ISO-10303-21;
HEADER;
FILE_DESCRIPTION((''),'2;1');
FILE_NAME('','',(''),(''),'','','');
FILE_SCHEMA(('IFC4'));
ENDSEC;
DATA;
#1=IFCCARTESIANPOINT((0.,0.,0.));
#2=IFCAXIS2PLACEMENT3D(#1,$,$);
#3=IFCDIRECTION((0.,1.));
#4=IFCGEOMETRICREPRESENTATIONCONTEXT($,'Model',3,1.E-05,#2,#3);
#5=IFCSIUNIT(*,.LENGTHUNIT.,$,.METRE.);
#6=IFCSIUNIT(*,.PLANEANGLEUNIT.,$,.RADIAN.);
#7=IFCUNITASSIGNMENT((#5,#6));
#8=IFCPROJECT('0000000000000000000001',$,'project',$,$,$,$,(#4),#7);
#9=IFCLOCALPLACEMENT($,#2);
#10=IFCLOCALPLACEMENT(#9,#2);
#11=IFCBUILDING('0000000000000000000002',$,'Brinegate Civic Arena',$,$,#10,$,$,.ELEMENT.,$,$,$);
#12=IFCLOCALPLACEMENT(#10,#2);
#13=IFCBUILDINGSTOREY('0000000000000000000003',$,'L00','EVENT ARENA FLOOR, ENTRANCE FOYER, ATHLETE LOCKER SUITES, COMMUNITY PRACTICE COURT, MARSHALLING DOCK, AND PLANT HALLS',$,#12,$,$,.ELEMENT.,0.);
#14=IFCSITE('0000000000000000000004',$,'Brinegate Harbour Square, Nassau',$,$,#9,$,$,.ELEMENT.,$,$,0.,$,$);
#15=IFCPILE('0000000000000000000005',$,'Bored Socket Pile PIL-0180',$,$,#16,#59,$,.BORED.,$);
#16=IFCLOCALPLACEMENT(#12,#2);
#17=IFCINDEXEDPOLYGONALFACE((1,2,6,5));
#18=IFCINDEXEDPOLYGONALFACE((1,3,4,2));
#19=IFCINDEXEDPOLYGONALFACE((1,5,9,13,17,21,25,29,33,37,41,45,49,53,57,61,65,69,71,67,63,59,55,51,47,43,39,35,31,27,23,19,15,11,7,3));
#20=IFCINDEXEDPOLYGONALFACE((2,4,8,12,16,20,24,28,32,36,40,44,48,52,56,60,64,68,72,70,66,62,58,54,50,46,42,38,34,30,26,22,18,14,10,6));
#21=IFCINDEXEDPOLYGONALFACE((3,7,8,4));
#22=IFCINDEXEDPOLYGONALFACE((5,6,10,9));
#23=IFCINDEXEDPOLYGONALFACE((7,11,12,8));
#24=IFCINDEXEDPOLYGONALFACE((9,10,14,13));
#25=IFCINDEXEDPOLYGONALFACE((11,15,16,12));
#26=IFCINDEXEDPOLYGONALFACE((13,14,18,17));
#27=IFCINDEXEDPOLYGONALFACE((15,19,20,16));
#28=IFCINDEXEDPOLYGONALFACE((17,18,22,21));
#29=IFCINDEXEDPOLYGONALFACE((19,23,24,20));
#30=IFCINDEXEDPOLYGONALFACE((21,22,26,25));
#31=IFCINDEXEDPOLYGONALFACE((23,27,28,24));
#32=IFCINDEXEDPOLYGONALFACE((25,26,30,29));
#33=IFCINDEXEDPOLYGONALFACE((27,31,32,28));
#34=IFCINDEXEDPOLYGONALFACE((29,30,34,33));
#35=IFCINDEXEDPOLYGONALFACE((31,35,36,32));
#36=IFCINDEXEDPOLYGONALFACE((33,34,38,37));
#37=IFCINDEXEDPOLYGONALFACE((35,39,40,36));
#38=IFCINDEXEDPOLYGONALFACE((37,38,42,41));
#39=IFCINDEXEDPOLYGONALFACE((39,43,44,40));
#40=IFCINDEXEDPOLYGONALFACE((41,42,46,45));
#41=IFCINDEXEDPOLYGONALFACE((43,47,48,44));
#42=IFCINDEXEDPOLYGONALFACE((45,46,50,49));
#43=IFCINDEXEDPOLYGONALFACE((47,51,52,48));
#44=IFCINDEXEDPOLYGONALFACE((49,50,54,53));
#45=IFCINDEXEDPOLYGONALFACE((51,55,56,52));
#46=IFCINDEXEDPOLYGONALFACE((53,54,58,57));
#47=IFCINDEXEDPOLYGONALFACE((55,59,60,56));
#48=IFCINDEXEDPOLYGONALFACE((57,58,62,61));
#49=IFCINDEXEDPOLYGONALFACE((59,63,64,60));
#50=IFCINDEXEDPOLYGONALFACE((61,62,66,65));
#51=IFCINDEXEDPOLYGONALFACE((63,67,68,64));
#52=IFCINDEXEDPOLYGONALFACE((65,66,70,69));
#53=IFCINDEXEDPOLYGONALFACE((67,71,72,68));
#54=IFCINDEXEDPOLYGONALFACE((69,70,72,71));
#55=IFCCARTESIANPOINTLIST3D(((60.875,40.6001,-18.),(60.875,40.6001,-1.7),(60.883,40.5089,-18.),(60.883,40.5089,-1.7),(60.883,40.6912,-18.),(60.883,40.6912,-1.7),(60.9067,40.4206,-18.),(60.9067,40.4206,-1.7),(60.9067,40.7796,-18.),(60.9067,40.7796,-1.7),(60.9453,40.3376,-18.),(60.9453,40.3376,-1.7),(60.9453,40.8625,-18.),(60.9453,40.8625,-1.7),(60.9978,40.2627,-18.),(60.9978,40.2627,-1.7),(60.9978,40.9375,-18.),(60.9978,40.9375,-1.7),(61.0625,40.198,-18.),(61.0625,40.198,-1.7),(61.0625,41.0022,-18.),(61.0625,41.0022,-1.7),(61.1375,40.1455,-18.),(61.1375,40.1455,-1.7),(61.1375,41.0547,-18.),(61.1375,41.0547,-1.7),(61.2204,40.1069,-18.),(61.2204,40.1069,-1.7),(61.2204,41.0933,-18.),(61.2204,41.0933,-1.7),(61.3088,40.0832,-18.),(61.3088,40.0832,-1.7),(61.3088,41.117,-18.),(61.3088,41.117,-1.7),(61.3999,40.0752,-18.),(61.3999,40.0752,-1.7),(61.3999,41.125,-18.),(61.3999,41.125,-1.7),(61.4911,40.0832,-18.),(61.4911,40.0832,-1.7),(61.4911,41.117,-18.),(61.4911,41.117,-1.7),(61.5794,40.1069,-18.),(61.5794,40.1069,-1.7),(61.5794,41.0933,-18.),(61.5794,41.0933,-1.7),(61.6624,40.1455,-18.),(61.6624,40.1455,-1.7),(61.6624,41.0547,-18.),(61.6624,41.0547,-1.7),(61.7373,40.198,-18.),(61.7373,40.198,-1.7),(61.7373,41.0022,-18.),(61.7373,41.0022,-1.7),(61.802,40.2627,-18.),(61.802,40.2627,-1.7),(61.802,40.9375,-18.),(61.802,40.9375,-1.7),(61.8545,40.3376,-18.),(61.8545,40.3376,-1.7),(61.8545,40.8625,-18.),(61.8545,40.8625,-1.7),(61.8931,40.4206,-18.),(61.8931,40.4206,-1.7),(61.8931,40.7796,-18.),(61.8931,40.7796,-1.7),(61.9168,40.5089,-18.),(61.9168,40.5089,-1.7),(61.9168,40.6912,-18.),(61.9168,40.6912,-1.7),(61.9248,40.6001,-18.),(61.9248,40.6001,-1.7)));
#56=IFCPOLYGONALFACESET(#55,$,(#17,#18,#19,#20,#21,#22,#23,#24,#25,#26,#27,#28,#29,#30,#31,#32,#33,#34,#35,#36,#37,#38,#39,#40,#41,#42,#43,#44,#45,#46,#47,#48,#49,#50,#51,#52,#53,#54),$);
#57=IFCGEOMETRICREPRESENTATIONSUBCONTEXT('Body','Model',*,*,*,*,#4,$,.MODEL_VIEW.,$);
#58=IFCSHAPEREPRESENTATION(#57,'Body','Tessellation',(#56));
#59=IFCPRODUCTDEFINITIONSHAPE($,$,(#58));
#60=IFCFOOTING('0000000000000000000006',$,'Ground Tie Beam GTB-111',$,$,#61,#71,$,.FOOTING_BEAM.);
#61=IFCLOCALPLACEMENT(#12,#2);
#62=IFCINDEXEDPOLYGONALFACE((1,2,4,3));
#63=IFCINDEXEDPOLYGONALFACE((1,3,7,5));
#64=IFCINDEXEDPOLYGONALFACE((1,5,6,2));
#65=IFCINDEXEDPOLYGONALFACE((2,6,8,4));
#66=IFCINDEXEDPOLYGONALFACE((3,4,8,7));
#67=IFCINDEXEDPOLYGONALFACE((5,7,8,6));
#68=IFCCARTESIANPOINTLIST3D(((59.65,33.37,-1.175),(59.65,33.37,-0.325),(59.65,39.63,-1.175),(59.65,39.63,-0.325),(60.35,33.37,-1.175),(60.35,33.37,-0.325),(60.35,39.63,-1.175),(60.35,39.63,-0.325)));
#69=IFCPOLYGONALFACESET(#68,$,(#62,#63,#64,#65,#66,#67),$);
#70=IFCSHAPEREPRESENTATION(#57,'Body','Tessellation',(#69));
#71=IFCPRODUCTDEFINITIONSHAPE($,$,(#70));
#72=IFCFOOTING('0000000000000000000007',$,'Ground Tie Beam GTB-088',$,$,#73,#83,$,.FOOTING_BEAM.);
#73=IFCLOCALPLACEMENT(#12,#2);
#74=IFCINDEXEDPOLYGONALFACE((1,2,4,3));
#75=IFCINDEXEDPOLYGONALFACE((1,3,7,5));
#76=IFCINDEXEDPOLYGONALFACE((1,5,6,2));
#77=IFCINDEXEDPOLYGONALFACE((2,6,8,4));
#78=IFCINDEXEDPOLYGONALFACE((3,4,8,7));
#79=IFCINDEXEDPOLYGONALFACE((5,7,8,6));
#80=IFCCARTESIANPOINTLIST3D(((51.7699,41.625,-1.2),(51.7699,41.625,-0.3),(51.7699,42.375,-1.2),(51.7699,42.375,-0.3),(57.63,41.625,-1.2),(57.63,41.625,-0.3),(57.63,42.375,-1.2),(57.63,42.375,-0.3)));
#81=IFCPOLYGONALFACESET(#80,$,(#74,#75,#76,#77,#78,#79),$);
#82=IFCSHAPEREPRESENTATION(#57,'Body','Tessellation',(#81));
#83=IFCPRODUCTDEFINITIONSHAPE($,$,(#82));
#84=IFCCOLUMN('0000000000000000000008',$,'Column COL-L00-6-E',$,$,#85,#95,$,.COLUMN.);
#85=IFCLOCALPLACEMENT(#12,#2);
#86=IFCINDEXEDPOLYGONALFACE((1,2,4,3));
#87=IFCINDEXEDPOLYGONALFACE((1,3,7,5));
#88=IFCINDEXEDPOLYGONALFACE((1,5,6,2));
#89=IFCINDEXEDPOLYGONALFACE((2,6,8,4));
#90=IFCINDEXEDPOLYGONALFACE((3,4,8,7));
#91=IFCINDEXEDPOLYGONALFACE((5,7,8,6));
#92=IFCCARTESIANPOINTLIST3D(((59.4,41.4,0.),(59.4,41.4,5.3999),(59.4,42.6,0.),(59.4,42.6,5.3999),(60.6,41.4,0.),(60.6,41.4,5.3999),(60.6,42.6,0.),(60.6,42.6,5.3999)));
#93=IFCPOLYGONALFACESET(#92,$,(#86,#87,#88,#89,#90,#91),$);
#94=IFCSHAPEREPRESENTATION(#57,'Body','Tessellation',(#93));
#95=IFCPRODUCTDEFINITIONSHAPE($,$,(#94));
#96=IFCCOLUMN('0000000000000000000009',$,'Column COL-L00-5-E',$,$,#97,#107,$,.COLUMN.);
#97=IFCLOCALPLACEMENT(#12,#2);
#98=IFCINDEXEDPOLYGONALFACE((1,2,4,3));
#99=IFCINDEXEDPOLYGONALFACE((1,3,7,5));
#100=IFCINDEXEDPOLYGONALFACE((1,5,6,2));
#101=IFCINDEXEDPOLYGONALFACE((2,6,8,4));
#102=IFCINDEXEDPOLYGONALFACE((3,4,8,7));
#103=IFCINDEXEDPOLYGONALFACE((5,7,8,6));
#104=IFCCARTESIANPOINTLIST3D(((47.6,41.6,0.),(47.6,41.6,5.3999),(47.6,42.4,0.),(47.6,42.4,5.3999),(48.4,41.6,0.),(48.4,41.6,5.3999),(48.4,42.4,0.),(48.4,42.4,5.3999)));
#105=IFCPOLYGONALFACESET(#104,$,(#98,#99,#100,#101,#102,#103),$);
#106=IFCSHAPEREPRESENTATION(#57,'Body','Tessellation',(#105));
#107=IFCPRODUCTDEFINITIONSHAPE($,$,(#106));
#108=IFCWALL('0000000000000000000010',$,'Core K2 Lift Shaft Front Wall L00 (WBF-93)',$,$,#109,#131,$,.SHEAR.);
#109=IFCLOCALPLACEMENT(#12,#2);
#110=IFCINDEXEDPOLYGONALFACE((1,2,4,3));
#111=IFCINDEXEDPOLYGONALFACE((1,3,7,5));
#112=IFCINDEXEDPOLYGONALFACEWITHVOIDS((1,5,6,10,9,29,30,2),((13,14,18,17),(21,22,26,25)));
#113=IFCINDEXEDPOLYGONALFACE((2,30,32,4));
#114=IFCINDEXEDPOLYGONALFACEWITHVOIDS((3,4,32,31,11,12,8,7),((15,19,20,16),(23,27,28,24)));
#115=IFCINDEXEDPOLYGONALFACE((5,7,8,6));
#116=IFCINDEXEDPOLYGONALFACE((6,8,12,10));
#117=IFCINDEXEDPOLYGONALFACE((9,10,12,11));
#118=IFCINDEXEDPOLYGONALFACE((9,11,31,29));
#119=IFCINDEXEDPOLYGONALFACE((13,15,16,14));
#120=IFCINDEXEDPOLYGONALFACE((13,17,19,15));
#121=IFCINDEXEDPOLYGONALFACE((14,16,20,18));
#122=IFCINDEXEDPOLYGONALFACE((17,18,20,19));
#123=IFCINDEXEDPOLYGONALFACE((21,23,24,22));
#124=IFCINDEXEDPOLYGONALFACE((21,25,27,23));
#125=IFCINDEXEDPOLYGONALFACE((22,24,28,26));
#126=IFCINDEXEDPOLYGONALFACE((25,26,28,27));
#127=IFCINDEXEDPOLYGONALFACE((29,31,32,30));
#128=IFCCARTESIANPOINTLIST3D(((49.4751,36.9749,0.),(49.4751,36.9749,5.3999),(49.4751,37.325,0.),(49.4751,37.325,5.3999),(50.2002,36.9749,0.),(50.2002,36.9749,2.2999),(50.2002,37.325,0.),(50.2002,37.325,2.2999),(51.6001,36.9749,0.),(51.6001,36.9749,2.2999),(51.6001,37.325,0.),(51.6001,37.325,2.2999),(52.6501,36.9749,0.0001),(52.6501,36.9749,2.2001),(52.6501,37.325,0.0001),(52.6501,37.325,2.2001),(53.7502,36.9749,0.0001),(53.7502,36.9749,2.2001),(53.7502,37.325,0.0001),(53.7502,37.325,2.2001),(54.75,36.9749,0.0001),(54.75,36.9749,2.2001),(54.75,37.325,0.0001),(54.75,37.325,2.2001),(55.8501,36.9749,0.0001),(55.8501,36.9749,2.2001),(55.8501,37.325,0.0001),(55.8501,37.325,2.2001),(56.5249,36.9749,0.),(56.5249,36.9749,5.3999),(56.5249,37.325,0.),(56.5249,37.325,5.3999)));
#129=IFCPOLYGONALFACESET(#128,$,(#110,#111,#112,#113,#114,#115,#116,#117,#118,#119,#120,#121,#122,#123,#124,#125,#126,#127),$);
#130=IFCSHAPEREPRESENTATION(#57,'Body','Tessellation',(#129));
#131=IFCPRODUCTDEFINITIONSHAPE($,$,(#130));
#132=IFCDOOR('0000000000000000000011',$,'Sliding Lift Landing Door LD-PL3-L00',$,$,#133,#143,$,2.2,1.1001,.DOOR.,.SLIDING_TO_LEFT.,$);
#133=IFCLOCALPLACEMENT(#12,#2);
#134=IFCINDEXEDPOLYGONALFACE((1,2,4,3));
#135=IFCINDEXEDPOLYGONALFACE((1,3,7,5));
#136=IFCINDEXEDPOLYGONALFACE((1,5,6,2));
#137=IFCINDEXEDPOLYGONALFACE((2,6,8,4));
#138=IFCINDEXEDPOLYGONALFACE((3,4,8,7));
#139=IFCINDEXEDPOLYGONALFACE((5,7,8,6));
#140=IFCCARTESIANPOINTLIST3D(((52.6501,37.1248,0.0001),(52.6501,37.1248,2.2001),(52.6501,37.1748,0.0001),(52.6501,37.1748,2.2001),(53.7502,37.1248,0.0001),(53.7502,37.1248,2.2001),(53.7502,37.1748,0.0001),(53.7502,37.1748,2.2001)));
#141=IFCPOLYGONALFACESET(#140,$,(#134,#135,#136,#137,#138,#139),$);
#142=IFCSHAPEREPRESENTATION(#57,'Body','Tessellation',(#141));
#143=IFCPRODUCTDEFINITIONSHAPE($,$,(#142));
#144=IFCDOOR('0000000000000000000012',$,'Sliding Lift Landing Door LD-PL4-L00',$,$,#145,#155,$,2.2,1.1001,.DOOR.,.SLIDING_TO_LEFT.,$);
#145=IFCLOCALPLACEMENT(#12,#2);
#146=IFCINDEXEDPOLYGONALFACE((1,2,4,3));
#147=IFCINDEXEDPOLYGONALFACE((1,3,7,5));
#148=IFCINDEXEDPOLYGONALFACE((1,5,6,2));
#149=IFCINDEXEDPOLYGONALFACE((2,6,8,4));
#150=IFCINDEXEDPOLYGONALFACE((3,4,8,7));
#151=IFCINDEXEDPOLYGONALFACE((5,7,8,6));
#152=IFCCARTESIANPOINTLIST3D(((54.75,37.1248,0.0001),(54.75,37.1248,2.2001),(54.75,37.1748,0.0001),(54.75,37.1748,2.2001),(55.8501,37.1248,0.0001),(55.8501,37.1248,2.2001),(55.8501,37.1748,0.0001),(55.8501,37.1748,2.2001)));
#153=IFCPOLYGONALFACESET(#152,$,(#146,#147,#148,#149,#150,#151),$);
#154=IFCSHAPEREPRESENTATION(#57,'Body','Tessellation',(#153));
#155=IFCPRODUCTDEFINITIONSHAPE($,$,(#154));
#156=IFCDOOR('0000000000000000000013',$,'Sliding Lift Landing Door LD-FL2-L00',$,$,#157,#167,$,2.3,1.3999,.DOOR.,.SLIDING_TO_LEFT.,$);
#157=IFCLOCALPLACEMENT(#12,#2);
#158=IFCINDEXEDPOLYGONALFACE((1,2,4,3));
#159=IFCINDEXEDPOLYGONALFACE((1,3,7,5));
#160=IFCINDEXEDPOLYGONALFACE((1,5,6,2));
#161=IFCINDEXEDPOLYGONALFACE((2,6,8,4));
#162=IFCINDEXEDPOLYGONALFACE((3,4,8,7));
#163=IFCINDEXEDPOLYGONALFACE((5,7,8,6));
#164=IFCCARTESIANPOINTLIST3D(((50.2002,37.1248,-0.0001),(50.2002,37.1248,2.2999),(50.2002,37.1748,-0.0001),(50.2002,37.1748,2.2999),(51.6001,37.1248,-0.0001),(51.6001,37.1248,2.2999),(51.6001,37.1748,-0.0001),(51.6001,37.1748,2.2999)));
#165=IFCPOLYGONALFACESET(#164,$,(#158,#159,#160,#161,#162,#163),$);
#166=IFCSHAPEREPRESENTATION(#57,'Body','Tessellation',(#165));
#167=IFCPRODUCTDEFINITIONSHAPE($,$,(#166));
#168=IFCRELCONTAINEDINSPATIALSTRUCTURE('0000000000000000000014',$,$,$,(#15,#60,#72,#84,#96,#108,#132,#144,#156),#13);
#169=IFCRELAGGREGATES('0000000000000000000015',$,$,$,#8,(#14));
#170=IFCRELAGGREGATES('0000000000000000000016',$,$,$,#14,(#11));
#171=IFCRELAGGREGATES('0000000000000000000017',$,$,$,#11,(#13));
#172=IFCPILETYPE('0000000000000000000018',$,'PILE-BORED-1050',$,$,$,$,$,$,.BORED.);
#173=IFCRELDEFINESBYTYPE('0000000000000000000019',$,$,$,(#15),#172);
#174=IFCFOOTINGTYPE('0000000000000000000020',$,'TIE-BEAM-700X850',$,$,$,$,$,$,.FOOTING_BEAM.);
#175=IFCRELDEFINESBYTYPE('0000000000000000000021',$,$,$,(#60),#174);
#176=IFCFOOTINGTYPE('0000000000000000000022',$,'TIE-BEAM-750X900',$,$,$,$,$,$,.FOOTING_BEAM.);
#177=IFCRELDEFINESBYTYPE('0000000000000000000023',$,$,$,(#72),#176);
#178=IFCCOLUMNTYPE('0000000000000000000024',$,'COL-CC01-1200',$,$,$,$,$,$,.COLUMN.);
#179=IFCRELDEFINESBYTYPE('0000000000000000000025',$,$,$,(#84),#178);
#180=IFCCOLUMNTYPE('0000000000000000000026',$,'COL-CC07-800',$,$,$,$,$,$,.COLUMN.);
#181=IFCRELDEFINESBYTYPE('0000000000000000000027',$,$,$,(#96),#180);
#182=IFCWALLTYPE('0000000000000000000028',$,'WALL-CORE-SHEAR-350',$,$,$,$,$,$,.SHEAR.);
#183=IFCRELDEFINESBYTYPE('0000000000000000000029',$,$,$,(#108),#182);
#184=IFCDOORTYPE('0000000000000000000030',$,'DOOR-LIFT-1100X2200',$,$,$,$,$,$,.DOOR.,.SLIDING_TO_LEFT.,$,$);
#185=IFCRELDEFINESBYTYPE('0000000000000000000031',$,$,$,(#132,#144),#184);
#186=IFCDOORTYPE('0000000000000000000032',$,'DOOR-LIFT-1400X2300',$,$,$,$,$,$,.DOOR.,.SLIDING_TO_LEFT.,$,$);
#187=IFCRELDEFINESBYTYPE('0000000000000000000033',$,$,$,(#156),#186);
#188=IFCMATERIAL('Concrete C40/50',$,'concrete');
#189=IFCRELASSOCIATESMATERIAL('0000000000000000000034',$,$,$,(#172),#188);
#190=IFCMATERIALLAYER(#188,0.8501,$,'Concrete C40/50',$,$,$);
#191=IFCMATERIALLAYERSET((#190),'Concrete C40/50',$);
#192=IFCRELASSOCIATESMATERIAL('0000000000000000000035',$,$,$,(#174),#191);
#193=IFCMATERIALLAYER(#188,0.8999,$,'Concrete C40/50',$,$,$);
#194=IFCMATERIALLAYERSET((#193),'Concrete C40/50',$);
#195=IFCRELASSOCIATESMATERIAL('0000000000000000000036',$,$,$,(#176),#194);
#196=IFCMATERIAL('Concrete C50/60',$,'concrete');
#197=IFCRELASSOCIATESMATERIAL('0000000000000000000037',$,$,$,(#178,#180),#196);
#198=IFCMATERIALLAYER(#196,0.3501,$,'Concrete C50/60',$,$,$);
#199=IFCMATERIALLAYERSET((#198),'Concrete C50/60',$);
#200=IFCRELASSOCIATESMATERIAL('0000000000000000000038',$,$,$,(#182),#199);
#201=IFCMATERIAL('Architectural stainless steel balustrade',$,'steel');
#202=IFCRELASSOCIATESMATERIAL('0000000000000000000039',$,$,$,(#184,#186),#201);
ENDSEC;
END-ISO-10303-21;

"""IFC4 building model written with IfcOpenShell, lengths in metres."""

from ifc_helpers import new_model, si_unit, direction, frame, frame_2d, origin, origin_2d, place, context, subcontext, project, spatial, rectangle, circle, extrude, material, layer, layer_set, material_profile, profile_set, type_object, element, fill, save


model = new_model("IFC4")

# Units and contexts
model_context = context("Model", 3, precision=1e-05, world=origin(), true_north=direction((0.0, 1.0)))
body_context = subcontext(model_context, "Body", "Model", "MODEL_VIEW")
ifc_project = project(units=[si_unit("LENGTHUNIT", "METRE"), si_unit("PLANEANGLEUNIT", "RADIAN")], contexts=[model_context])

# Site, building, storey
site_placement = place(None, origin())
site = spatial("IfcSite", under=ifc_project, at=site_placement, Name="Brinegate Harbour Square, Nassau", CompositionType="ELEMENT", RefElevation=0.0)
building_placement = place(site_placement, origin())
building = spatial("IfcBuilding", under=site, at=building_placement, Name="Brinegate Civic Arena", CompositionType="ELEMENT")
storey_placement = place(building_placement, origin())
storey = spatial("IfcBuildingStorey", under=building, at=storey_placement, Name="L00", Description="EVENT ARENA FLOOR, ENTRANCE FOYER, ATHLETE LOCKER SUITES, COMMUNITY PRACTICE COURT, MARSHALLING DOCK, AND PLANT HALLS", CompositionType="ELEMENT", Elevation=0.0)

# Shared definitions
ifc_material_1 = material(Name="Concrete C40/50", Category="concrete")

# Pile
ifc_material_profile_1 = material_profile(ifc_material_1, circle(Radius=0.5249, at=origin_2d()), Name="PILED1050")
ifc_profile_set_1 = profile_set([ifc_material_profile_1], Name="Concrete C40/50")
pile_type = type_object("IfcPileType", Name="PILE-BORED-1050", PredefinedType="BORED", material=ifc_profile_set_1)
for number, where, z_axis, x_axis, name in (
    (1, (61.3999, 40.6001, -1.7), (0.0, 0.0, -1.0), (1.0, 0.0, 0.0), "Bored Socket Pile PIL-0180"),
):
    element("IfcPile", number, at=place(storey_placement, frame(where, z_axis=z_axis, x_axis=x_axis)), inside=storey, type_object=pile_type, Name=name, PredefinedType="BORED", context=body_context, shape_type="SweptSolid", body=[
        extrude(circle(Radius=0.5249, at=origin_2d()), origin(), (0.0, 0.0, 1.0), 16.3),
    ])

# Footings
ifc_layer_1 = layer(ifc_material_1, 0.8501, Name="Concrete C40/50")
ifc_layer_set_1 = layer_set([ifc_layer_1], Name="Concrete C40/50")
footing_type_1 = type_object("IfcFootingType", Name="TIE-BEAM-700X850", PredefinedType="FOOTING_BEAM", material=ifc_layer_set_1)
footing_1_placement = place(storey_placement, frame((60.0, 36.5, -1.175), z_axis=(0.0, 0.0, 1.0), x_axis=(0.0, 1.0, 0.0)))
element("IfcFooting", 2, at=footing_1_placement, inside=storey, type_object=footing_type_1, Name="Ground Tie Beam GTB-111", PredefinedType="FOOTING_BEAM", context=body_context, shape_type="SweptSolid", body=[
    extrude(rectangle(XDim=6.26, YDim=0.7, at=origin_2d()), origin(), (0.0, 0.0, 1.0), 0.8501),
])
ifc_layer_2 = layer(ifc_material_1, 0.8999, Name="Concrete C40/50")
ifc_layer_set_2 = layer_set([ifc_layer_2], Name="Concrete C40/50")
footing_type_2 = type_object("IfcFootingType", Name="TIE-BEAM-750X900", PredefinedType="FOOTING_BEAM", material=ifc_layer_set_2)
footing_2_placement = place(storey_placement, frame((54.7, 42.0, -1.2), z_axis=(0.0, 0.0, 1.0), x_axis=(1.0, 0.0, 0.0)))
element("IfcFooting", 3, at=footing_2_placement, inside=storey, type_object=footing_type_2, Name="Ground Tie Beam GTB-088", PredefinedType="FOOTING_BEAM", context=body_context, shape_type="SweptSolid", body=[
    extrude(rectangle(XDim=5.8601, YDim=0.75, at=origin_2d()), origin(), (0.0, 0.0, 1.0), 0.8999),
])

# Columns
ifc_material_2 = material(Name="Concrete C50/60", Category="concrete")
ifc_material_profile_2 = material_profile(ifc_material_2, rectangle(XDim=1.2, YDim=1.2, at=origin_2d()), Name="RC1200X1200")
ifc_profile_set_2 = profile_set([ifc_material_profile_2], Name="Concrete C50/60")
column_type_1 = type_object("IfcColumnType", Name="COL-CC01-1200", PredefinedType="COLUMN", material=ifc_profile_set_2)
column_1_placement = place(storey_placement, frame((60.0, 42.0, 0.0), z_axis=(0.0, 0.0, 1.0), x_axis=(1.0, 0.0, 0.0)))
element("IfcColumn", 4, at=column_1_placement, inside=storey, type_object=column_type_1, Name="Column COL-L00-6-E", PredefinedType="COLUMN", context=body_context, shape_type="SweptSolid", body=[
    extrude(rectangle(XDim=1.2, YDim=1.2, at=origin_2d()), origin(), (0.0, 0.0, 1.0), 5.3999),
])
ifc_material_profile_3 = material_profile(ifc_material_2, rectangle(XDim=0.8, YDim=0.8, at=origin_2d()), Name="RC800X800")
ifc_profile_set_3 = profile_set([ifc_material_profile_3], Name="Concrete C50/60")
column_type_2 = type_object("IfcColumnType", Name="COL-CC07-800", PredefinedType="COLUMN", material=ifc_profile_set_3)
column_2_placement = place(storey_placement, frame((48.0, 42.0, 0.0), z_axis=(0.0, 0.0, 1.0), x_axis=(1.0, 0.0, 0.0)))
element("IfcColumn", 5, at=column_2_placement, inside=storey, type_object=column_type_2, Name="Column COL-L00-5-E", PredefinedType="COLUMN", context=body_context, shape_type="SweptSolid", body=[
    extrude(rectangle(XDim=0.8, YDim=0.8, at=origin_2d()), origin(), (0.0, 0.0, 1.0), 5.3999),
])

# Wall, openings, doors
ifc_layer_3 = layer(ifc_material_2, 0.3501, Name="Concrete C50/60")
ifc_layer_set_3 = layer_set([ifc_layer_3], Name="Concrete C50/60")
wall_type_1 = type_object("IfcWallType", Name="WALL-CORE-SHEAR-350", PredefinedType="SHEAR", material=ifc_layer_set_3)
wall_1_placement = place(storey_placement, frame((49.4751, 37.1499, 0.0), z_axis=(0.0, 0.0, 1.0), x_axis=(1.0, 0.0, 0.0)))
wall_1 = element("IfcWall", 6, at=wall_1_placement, inside=storey, type_object=wall_type_1, Name="Core K2 Lift Shaft Front Wall L00 (WBF-93)", PredefinedType="SHEAR", context=body_context, shape_type="SweptSolid", body=[
    extrude(rectangle(XDim=7.0498, YDim=0.3501, at=frame_2d((3.5249, 0.0))), origin(), (0.0, 0.0, 1.0), 5.3999),
])
opening_1_placement = place(wall_1_placement, frame((0.7251, 0.0, 0.0)))
opening_1 = element("IfcOpeningElement", 7, at=opening_1_placement, cuts=wall_1, PredefinedType="OPENING", context=body_context, shape_type="SweptSolid", body=[
    extrude(rectangle(XDim=1.3999, YDim=2.3, at=frame_2d((0.7, 1.1499))), frame((0.0, 0.1851, 0.0), z_axis=(0.0, -1.0, 0.0), x_axis=(1.0, 0.0, 0.0)), (0.0, 0.0, 1.0), 0.3701),
])
opening_2_placement = place(wall_1_placement, frame((3.175, 0.0, 0.0)))
opening_2 = element("IfcOpeningElement", 8, at=opening_2_placement, cuts=wall_1, PredefinedType="OPENING", context=body_context, shape_type="SweptSolid", body=[
    extrude(rectangle(XDim=1.1001, YDim=2.2, at=frame_2d((0.55, 1.1001))), frame((0.0, 0.1851, 0.0), z_axis=(0.0, -1.0, 0.0), x_axis=(1.0, 0.0, 0.0)), (0.0, 0.0, 1.0), 0.3701),
])
opening_3_placement = place(wall_1_placement, frame((5.2749, 0.0, 0.0)))
opening_3 = element("IfcOpeningElement", 9, at=opening_3_placement, cuts=wall_1, PredefinedType="OPENING", context=body_context, shape_type="SweptSolid", body=[
    extrude(rectangle(XDim=1.1001, YDim=2.2, at=frame_2d((0.55, 1.1001))), frame((0.0, 0.1851, 0.0), z_axis=(0.0, -1.0, 0.0), x_axis=(1.0, 0.0, 0.0)), (0.0, 0.0, 1.0), 0.3701),
])
ifc_material_3 = material(Name="Architectural stainless steel balustrade", Category="steel")
door_type_1 = type_object("IfcDoorType", Name="DOOR-LIFT-1100X2200", OperationType="SLIDING_TO_LEFT", PredefinedType="DOOR", material=ifc_material_3)
door_1_placement = place(opening_2_placement, origin())
door_1 = element("IfcDoor", 10, at=door_1_placement, inside=storey, type_object=door_type_1, Name="Sliding Lift Landing Door LD-PL3-L00", OperationType="SLIDING_TO_LEFT", OverallHeight=2.2, OverallWidth=1.1001, PredefinedType="DOOR", context=body_context, shape_type="SweptSolid", body=[
    extrude(rectangle(XDim=1.1001, YDim=2.2, at=frame_2d((0.55, 1.1001))), frame((0.0, 0.0249, 0.0), z_axis=(0.0, -1.0, 0.0), x_axis=(1.0, 0.0, 0.0)), (0.0, 0.0, 1.0), 0.05),
])
fill(opening_2, door_1)
door_2_placement = place(opening_3_placement, origin())
door_2 = element("IfcDoor", 11, at=door_2_placement, inside=storey, type_object=door_type_1, Name="Sliding Lift Landing Door LD-PL4-L00", OperationType="SLIDING_TO_LEFT", OverallHeight=2.2, OverallWidth=1.1001, PredefinedType="DOOR", context=body_context, shape_type="SweptSolid", body=[
    extrude(rectangle(XDim=1.1001, YDim=2.2, at=frame_2d((0.55, 1.1001))), frame((0.0, 0.0249, 0.0), z_axis=(0.0, -1.0, 0.0), x_axis=(1.0, 0.0, 0.0)), (0.0, 0.0, 1.0), 0.05),
])
fill(opening_3, door_2)
door_type_2 = type_object("IfcDoorType", Name="DOOR-LIFT-1400X2300", OperationType="SLIDING_TO_LEFT", PredefinedType="DOOR", material=ifc_material_3)
door_3_placement = place(opening_1_placement, origin())
door_3 = element("IfcDoor", 12, at=door_3_placement, inside=storey, type_object=door_type_2, Name="Sliding Lift Landing Door LD-FL2-L00", OperationType="SLIDING_TO_LEFT", OverallHeight=2.3, OverallWidth=1.3999, PredefinedType="DOOR", context=body_context, shape_type="SweptSolid", body=[
    extrude(rectangle(XDim=1.3999, YDim=2.3, at=frame_2d((0.7, 1.1499))), frame((0.0, 0.0249, 0.0), z_axis=(0.0, -1.0, 0.0), x_axis=(1.0, 0.0, 0.0)), (0.0, 0.0, 1.0), 0.05),
])
fill(opening_1, door_3)

save(model, "model.ifc")
